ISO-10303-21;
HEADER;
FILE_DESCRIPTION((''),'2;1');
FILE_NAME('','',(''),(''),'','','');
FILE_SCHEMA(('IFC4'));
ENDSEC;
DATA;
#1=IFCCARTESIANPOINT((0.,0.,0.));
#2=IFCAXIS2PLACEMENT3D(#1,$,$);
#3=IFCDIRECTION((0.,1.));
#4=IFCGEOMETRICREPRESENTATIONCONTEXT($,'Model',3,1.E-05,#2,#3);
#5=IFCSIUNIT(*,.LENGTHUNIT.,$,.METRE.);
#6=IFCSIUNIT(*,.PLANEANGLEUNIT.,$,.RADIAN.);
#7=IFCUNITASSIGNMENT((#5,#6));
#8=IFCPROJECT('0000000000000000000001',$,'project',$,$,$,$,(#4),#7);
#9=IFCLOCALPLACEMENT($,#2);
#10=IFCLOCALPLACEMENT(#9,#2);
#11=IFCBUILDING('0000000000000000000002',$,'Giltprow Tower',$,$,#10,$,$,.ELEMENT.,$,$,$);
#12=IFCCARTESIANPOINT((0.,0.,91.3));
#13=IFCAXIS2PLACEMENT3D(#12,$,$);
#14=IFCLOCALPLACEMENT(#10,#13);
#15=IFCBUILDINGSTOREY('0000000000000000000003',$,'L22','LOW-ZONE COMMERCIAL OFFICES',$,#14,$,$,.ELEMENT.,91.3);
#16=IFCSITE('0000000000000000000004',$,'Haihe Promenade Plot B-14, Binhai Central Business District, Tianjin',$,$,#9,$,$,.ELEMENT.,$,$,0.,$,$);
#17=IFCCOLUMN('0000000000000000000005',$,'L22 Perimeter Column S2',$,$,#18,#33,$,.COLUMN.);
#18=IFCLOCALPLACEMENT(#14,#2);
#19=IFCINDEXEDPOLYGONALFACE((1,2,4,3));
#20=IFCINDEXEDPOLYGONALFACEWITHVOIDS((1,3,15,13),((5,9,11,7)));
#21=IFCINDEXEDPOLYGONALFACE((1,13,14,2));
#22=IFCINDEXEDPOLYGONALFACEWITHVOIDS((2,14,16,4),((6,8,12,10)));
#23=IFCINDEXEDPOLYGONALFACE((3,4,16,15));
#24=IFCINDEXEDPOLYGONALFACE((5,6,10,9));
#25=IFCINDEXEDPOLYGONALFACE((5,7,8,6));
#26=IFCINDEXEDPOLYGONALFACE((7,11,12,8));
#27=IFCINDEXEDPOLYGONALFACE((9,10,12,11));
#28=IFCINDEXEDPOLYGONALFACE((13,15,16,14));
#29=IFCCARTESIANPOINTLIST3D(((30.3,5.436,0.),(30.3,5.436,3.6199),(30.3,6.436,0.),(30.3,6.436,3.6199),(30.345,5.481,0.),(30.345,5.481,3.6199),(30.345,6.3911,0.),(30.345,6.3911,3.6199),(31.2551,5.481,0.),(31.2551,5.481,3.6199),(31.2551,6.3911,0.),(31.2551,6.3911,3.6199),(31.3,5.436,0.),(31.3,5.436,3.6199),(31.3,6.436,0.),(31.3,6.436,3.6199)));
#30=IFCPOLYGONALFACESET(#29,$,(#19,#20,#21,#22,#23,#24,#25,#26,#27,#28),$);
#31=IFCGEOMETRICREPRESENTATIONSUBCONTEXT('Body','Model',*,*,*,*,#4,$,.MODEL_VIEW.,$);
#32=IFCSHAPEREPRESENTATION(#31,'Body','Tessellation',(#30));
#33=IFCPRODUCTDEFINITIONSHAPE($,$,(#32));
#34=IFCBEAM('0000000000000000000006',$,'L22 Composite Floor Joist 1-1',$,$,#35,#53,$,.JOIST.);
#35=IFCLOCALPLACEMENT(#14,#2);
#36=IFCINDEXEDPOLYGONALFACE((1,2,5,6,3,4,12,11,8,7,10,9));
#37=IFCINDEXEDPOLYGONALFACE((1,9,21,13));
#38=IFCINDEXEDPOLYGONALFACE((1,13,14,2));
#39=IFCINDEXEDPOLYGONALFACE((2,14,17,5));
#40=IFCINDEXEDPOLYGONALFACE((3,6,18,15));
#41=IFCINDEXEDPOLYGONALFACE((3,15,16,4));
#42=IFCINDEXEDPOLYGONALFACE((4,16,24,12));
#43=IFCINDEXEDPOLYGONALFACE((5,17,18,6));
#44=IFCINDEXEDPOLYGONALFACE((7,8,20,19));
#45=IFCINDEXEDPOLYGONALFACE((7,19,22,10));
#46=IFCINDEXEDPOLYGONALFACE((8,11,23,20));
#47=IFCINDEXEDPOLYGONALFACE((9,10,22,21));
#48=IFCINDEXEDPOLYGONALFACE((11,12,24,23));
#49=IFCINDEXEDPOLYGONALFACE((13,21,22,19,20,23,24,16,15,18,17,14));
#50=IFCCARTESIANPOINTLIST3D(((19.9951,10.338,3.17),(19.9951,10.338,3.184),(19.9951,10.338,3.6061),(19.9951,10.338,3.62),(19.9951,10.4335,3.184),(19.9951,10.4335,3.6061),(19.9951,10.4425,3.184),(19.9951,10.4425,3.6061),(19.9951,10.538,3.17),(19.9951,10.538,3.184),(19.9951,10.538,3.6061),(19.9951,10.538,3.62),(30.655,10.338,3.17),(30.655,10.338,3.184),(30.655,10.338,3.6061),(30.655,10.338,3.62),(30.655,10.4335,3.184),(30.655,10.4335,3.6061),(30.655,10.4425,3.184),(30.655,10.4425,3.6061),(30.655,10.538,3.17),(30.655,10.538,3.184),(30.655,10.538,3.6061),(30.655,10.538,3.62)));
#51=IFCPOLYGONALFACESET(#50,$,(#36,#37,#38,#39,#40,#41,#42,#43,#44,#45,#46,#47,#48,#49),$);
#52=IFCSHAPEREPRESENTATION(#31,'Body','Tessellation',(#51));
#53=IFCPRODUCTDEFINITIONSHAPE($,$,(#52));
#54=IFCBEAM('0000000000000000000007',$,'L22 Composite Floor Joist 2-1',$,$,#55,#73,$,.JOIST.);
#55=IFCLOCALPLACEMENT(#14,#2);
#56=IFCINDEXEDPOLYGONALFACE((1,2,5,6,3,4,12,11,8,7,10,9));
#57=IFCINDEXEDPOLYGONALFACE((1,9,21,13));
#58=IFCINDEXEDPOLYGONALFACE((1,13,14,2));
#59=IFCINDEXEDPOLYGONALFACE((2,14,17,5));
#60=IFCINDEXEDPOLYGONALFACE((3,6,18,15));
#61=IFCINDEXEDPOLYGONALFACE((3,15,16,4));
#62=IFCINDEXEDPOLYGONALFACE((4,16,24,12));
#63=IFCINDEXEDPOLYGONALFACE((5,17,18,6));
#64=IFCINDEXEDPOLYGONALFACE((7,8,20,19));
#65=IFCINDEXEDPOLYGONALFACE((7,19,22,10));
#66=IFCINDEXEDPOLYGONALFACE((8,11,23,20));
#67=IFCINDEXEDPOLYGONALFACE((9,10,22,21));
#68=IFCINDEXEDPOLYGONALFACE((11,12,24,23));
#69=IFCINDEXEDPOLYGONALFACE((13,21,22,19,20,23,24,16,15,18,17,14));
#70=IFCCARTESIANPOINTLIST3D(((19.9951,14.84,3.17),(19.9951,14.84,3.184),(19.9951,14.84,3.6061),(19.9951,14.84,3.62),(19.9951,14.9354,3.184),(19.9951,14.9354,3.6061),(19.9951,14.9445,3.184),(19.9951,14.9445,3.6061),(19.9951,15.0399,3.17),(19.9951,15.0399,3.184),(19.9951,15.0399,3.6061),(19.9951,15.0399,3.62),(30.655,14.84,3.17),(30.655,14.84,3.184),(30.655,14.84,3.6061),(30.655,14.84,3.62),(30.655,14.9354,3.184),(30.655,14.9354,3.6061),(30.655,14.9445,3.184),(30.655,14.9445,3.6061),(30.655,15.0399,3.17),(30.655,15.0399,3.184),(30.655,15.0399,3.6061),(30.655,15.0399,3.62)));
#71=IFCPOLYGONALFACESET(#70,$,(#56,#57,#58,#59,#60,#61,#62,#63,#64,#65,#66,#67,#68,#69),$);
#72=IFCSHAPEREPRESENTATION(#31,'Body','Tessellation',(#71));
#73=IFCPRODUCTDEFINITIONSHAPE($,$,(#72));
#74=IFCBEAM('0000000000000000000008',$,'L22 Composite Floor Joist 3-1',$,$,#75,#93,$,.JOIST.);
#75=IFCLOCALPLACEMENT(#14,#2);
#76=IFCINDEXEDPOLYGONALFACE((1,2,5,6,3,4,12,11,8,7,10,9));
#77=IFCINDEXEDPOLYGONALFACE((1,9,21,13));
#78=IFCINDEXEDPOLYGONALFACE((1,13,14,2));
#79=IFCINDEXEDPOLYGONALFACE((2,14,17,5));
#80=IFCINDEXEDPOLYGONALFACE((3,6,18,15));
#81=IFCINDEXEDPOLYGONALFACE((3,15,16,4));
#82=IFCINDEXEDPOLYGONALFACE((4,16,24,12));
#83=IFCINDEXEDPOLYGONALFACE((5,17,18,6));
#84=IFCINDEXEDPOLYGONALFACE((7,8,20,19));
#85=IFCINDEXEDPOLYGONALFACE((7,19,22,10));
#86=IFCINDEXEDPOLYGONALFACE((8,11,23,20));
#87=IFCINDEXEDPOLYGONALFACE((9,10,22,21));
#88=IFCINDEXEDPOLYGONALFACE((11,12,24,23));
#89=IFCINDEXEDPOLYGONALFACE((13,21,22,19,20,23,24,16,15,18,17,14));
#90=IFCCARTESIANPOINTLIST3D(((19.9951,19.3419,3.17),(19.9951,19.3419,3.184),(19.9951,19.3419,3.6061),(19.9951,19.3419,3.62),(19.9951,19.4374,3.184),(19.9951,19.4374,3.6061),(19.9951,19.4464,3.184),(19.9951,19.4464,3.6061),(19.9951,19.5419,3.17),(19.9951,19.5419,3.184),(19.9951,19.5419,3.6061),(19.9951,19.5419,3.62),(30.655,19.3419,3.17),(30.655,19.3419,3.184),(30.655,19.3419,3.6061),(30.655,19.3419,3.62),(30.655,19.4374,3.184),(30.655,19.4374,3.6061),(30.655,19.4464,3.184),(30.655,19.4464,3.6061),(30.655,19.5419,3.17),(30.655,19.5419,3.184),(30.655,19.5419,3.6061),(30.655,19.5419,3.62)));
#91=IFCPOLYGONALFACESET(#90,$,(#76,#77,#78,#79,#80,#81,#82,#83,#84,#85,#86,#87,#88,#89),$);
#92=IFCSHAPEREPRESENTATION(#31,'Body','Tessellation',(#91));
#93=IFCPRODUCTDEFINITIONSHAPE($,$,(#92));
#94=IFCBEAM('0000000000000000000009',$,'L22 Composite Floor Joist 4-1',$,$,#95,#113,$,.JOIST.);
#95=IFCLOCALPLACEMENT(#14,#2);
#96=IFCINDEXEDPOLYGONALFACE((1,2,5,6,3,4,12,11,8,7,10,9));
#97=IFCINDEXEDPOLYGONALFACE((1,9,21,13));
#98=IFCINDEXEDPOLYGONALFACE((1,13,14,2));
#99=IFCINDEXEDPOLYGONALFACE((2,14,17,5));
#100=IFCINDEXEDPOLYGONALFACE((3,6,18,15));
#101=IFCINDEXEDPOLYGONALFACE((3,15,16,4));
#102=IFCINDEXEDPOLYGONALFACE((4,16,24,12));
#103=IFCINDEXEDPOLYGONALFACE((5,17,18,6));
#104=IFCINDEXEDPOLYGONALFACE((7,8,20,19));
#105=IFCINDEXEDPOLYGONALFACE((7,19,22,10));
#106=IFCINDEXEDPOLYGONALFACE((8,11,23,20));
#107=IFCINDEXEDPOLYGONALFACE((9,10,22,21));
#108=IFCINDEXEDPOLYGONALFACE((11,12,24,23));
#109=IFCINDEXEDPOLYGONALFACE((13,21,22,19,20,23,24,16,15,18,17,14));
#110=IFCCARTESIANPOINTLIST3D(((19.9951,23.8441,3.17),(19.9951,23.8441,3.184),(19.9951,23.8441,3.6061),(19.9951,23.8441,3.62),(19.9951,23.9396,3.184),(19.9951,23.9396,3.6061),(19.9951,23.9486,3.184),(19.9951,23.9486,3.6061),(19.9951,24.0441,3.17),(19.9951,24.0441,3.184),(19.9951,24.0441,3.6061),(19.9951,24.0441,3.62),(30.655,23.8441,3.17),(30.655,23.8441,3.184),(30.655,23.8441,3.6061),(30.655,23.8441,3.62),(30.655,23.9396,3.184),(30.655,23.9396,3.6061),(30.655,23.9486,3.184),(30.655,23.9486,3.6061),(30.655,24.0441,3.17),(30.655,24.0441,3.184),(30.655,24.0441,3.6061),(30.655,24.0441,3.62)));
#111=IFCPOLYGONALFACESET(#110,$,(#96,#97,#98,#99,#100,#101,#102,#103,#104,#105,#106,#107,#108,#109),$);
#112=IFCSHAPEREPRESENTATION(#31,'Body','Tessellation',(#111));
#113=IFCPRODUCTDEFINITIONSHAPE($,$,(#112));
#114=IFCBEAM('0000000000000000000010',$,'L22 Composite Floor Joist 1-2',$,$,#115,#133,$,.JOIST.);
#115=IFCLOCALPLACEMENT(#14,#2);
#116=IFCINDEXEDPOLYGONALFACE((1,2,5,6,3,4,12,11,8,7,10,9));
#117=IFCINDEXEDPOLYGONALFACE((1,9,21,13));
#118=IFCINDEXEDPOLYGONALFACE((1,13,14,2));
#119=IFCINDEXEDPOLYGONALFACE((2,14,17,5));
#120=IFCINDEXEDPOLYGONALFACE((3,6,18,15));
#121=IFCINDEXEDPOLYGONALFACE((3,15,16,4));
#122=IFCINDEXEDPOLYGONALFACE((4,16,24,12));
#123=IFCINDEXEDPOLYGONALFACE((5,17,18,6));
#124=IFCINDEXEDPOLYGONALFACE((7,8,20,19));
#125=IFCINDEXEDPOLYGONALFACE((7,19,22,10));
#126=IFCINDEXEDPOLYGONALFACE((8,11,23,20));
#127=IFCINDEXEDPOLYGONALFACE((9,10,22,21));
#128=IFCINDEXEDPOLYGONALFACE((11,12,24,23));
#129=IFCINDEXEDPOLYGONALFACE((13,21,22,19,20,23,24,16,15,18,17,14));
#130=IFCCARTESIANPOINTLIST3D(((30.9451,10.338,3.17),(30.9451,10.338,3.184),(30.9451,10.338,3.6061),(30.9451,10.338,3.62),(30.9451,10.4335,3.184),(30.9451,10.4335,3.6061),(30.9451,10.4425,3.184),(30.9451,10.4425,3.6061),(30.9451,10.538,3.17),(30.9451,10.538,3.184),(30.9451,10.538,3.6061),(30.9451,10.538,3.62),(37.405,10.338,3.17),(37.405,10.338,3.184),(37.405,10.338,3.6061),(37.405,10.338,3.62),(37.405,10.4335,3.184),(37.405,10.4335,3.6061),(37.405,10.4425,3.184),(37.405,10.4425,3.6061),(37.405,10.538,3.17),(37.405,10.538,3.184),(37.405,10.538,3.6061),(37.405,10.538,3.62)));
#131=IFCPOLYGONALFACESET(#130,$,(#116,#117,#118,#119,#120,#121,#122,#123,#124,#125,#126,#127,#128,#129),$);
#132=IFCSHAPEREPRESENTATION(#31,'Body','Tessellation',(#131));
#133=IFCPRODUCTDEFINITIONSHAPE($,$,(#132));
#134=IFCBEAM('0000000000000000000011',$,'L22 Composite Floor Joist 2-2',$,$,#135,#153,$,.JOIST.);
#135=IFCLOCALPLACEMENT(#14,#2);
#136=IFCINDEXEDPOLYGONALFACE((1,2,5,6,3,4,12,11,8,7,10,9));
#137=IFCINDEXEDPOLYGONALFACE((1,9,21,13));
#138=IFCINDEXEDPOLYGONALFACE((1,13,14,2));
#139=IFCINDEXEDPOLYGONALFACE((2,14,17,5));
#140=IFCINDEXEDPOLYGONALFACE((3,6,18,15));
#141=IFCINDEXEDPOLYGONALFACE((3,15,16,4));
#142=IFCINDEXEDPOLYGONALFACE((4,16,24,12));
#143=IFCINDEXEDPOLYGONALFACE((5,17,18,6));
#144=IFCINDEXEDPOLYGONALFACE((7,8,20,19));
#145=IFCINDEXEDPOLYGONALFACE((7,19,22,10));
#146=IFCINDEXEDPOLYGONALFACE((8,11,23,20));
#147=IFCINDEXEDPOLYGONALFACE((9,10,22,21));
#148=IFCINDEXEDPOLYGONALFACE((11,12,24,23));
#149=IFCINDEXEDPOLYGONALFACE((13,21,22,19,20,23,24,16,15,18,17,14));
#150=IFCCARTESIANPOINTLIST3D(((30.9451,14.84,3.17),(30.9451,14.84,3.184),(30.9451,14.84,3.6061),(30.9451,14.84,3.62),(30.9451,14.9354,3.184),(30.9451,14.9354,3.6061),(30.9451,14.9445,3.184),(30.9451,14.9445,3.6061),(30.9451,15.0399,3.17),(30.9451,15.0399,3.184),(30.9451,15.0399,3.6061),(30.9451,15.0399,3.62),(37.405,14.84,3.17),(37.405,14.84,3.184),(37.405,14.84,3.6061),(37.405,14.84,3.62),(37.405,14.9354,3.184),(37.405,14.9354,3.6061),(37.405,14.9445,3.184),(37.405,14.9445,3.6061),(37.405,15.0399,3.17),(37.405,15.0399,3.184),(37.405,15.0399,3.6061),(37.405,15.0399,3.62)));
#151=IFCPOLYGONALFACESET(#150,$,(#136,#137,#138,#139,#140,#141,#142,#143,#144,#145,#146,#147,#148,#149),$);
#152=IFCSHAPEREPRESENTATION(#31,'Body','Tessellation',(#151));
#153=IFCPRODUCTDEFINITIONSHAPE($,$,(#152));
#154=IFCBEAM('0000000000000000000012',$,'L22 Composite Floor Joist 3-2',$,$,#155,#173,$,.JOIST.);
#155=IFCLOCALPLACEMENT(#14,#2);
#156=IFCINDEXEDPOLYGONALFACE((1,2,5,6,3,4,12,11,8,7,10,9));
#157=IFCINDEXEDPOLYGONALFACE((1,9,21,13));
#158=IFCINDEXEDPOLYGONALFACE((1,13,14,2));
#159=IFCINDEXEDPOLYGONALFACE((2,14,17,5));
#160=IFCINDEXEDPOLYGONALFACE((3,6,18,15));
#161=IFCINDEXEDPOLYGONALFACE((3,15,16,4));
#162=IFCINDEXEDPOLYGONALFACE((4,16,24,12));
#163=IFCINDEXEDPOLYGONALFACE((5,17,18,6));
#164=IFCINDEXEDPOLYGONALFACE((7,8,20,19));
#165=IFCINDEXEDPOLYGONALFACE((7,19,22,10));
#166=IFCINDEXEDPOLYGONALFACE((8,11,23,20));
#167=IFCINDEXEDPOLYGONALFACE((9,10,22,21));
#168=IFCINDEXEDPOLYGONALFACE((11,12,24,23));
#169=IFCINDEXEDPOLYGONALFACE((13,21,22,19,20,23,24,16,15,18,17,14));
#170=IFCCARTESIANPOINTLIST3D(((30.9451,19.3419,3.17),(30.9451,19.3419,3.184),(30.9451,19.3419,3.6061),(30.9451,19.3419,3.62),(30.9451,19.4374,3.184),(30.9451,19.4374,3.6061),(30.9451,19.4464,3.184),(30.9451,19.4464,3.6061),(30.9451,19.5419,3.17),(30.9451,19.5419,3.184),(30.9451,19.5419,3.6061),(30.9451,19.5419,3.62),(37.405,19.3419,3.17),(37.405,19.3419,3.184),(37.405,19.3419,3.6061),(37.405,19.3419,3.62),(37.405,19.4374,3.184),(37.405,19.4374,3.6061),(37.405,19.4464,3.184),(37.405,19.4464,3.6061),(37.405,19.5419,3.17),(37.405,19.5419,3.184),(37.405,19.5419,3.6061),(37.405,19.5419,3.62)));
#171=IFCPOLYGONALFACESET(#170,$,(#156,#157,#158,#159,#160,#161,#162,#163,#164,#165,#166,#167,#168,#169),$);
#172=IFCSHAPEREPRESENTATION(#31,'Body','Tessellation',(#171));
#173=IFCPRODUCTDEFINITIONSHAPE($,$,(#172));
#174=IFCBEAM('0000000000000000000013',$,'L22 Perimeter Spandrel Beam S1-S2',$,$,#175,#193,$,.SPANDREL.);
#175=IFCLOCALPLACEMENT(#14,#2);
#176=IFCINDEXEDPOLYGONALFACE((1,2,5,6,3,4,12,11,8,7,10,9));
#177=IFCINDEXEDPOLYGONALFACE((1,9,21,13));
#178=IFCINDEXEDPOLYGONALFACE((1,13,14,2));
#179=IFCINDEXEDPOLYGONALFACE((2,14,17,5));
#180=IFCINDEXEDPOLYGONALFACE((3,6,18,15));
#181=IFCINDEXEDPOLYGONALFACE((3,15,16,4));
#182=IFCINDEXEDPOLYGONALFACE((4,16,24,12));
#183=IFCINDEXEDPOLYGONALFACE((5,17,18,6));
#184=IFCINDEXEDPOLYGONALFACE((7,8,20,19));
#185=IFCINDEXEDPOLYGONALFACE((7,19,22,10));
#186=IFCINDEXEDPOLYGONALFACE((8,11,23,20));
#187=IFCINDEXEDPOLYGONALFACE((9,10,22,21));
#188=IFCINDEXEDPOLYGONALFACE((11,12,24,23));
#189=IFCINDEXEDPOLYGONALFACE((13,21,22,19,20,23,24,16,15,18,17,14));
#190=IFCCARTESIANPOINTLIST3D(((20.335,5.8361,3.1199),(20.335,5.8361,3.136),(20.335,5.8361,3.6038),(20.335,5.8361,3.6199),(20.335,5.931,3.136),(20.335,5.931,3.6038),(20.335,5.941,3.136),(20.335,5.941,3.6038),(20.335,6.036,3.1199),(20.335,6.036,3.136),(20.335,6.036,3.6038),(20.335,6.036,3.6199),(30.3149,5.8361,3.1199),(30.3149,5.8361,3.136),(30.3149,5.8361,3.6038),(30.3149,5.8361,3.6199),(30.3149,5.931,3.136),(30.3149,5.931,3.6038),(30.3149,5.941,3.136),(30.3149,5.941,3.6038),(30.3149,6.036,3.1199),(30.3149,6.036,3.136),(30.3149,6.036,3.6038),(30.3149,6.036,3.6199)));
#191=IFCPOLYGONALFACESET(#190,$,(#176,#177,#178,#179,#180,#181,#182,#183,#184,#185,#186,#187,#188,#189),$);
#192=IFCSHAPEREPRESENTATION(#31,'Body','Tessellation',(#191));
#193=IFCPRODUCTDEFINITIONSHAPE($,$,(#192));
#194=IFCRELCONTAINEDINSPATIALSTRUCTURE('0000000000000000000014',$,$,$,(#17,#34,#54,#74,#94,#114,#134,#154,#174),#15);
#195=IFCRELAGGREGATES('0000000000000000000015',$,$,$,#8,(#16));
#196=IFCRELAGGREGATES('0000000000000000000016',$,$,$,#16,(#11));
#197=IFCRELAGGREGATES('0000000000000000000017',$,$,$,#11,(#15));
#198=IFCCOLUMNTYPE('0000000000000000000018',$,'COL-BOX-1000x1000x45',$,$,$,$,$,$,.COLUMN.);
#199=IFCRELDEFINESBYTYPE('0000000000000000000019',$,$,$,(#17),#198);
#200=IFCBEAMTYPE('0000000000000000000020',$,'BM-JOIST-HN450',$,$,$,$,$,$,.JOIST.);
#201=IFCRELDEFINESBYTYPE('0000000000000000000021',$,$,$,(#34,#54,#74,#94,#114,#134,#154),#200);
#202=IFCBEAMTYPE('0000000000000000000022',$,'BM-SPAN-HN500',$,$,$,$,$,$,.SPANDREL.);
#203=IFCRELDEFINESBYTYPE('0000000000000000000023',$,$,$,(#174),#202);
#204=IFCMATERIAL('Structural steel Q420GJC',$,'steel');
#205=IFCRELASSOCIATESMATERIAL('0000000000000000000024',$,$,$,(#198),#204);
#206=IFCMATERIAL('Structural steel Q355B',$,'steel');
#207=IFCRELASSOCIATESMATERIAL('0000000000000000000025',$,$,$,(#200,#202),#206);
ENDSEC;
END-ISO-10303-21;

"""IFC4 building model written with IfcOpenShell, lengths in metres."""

from ifc_helpers import new_model, si_unit, direction, frame, origin, origin_2d, place, context, subcontext, project, spatial, hollow_rectangle, i_section, extrude, source, transform, mapped, material, material_profile, profile_set, type_object, element, save


model = new_model("IFC4")

# Units and contexts
model_context = context("Model", 3, precision=1e-05, world=origin(), true_north=direction((0.0, 1.0)))
body_context = subcontext(model_context, "Body", "Model", "MODEL_VIEW")
ifc_project = project(units=[si_unit("LENGTHUNIT", "METRE"), si_unit("PLANEANGLEUNIT", "RADIAN")], contexts=[model_context])

# Site, building, storey
site_placement = place(None, origin())
site = spatial("IfcSite", under=ifc_project, at=site_placement, Name="Haihe Promenade Plot B-14, Binhai Central Business District, Tianjin", CompositionType="ELEMENT", RefElevation=0.0)
building_placement = place(site_placement, origin())
building = spatial("IfcBuilding", under=site, at=building_placement, Name="Giltprow Tower", CompositionType="ELEMENT")
storey_placement = place(building_placement, frame((0.0, 0.0, 91.3)))
storey = spatial("IfcBuildingStorey", under=building, at=storey_placement, Name="L22", Description="LOW-ZONE COMMERCIAL OFFICES", CompositionType="ELEMENT", Elevation=91.3)

# Column
ifc_material_1 = material(Name="Structural steel Q420GJC", Category="steel")
ifc_material_profile_1 = material_profile(ifc_material_1, hollow_rectangle(XDim=1.0, YDim=1.0, WallThickness=0.0449, at=origin_2d()), Name="BOX 1000x1000x45")
ifc_profile_set_1 = profile_set([ifc_material_profile_1], Name="Structural steel Q420GJC")
column_type = type_object("IfcColumnType", Name="COL-BOX-1000x1000x45", PredefinedType="COLUMN", material=ifc_profile_set_1)
shared_shape_1 = source(origin(), body_context, "Body", "SweptSolid", [
    extrude(hollow_rectangle(XDim=1.0, YDim=1.0, WallThickness=0.0449, at=origin_2d()), origin(), (0.0, 0.0, 1.0), 3.6199),
])
column_placement = place(storey_placement, frame((30.8, 5.936, 0.0), z_axis=(0.0, 0.0, 1.0), x_axis=(1.0, 0.0, 0.0)))
element("IfcColumn", 1, at=column_placement, inside=storey, type_object=column_type, Name="L22 Perimeter Column S2", PredefinedType="COLUMN", context=body_context, shape_type="MappedRepresentation", body=[
    mapped(shared_shape_1, transform((0.0, 0.0, 0.0), x_axis=(1.0, 0.0, 0.0), y_axis=(0.0, 1.0, 0.0), z_axis=(0.0, 0.0, 1.0), scale=1.0)),
])

# Beams
ifc_material_2 = material(Name="Structural steel Q355B", Category="steel")
ifc_material_profile_2 = material_profile(ifc_material_2, i_section(OverallWidth=0.2, OverallDepth=0.45, WebThickness=0.009, FlangeThickness=0.0139, at=origin_2d()), Name="HN 450x200x9x14")
ifc_profile_set_2 = profile_set([ifc_material_profile_2], Name="Structural steel Q355B")
beam_type_1 = type_object("IfcBeamType", Name="BM-JOIST-HN450", PredefinedType="JOIST", material=ifc_profile_set_2)
shared_shape_2 = source(origin(), body_context, "Body", "SweptSolid", [
    extrude(i_section(OverallWidth=0.2, OverallDepth=0.45, WebThickness=0.009, FlangeThickness=0.0139, at=origin_2d()), origin(), (0.0, 0.0, 1.0), 10.6599),
])
for number, where, z_axis, x_axis, name in (
    (2, (19.9951, 10.438, 3.395), (1.0, 0.0, 0.0), (0.0, 1.0, 0.0), "L22 Composite Floor Joist 1-1"),
    (3, (19.9951, 14.9399, 3.395), (1.0, 0.0, 0.0), (0.0, 1.0, 0.0), "L22 Composite Floor Joist 2-1"),
    (4, (19.9951, 19.4419, 3.395), (1.0, 0.0, 0.0), (0.0, 1.0, 0.0), "L22 Composite Floor Joist 3-1"),
    (5, (19.9951, 23.9441, 3.395), (1.0, 0.0, 0.0), (0.0, 1.0, 0.0), "L22 Composite Floor Joist 4-1"),
):
    element("IfcBeam", number, at=place(storey_placement, frame(where, z_axis=z_axis, x_axis=x_axis)), inside=storey, type_object=beam_type_1, Name=name, PredefinedType="JOIST", context=body_context, shape_type="MappedRepresentation", body=[
        mapped(shared_shape_2, transform((0.0, 0.0, 0.0), x_axis=(1.0, 0.0, 0.0), y_axis=(0.0, 1.0, 0.0), z_axis=(0.0, 0.0, 1.0), scale=1.0)),
    ])
shared_shape_3 = source(origin(), body_context, "Body", "SweptSolid", [
    extrude(i_section(OverallWidth=0.2, OverallDepth=0.45, WebThickness=0.009, FlangeThickness=0.0139, at=origin_2d()), origin(), (0.0, 0.0, 1.0), 6.46),
])
for number, where, z_axis, x_axis, name in (
    (6, (30.9451, 10.438, 3.395), (1.0, 0.0, 0.0), (0.0, 1.0, 0.0), "L22 Composite Floor Joist 1-2"),
    (7, (30.9451, 14.9399, 3.395), (1.0, 0.0, 0.0), (0.0, 1.0, 0.0), "L22 Composite Floor Joist 2-2"),
    (8, (30.9451, 19.4419, 3.395), (1.0, 0.0, 0.0), (0.0, 1.0, 0.0), "L22 Composite Floor Joist 3-2"),
):
    element("IfcBeam", number, at=place(storey_placement, frame(where, z_axis=z_axis, x_axis=x_axis)), inside=storey, type_object=beam_type_1, Name=name, PredefinedType="JOIST", context=body_context, shape_type="MappedRepresentation", body=[
        mapped(shared_shape_3, transform((0.0, 0.0, 0.0), x_axis=(1.0, 0.0, 0.0), y_axis=(0.0, 1.0, 0.0), z_axis=(0.0, 0.0, 1.0), scale=1.0)),
    ])
ifc_material_profile_3 = material_profile(ifc_material_2, i_section(OverallWidth=0.2, OverallDepth=0.5, WebThickness=0.01, FlangeThickness=0.0161, at=origin_2d()), Name="HN 500x200x10x16")
ifc_profile_set_3 = profile_set([ifc_material_profile_3], Name="Structural steel Q355B")
beam_type_2 = type_object("IfcBeamType", Name="BM-SPAN-HN500", PredefinedType="SPANDREL", material=ifc_profile_set_3)
shared_shape_4 = source(origin(), body_context, "Body", "SweptSolid", [
    extrude(i_section(OverallWidth=0.2, OverallDepth=0.5, WebThickness=0.01, FlangeThickness=0.0161, at=origin_2d()), origin(), (0.0, 0.0, 1.0), 9.98),
])
beam_placement = place(storey_placement, frame((20.335, 5.936, 3.3699), z_axis=(1.0, 0.0, 0.0), x_axis=(0.0, 1.0, 0.0)))
element("IfcBeam", 9, at=beam_placement, inside=storey, type_object=beam_type_2, Name="L22 Perimeter Spandrel Beam S1-S2", PredefinedType="SPANDREL", context=body_context, shape_type="MappedRepresentation", body=[
    mapped(shared_shape_4, transform((0.0, 0.0, 0.0), x_axis=(1.0, 0.0, 0.0), y_axis=(0.0, 1.0, 0.0), z_axis=(0.0, 0.0, 1.0), scale=1.0)),
])

save(model, "model.ifc")
